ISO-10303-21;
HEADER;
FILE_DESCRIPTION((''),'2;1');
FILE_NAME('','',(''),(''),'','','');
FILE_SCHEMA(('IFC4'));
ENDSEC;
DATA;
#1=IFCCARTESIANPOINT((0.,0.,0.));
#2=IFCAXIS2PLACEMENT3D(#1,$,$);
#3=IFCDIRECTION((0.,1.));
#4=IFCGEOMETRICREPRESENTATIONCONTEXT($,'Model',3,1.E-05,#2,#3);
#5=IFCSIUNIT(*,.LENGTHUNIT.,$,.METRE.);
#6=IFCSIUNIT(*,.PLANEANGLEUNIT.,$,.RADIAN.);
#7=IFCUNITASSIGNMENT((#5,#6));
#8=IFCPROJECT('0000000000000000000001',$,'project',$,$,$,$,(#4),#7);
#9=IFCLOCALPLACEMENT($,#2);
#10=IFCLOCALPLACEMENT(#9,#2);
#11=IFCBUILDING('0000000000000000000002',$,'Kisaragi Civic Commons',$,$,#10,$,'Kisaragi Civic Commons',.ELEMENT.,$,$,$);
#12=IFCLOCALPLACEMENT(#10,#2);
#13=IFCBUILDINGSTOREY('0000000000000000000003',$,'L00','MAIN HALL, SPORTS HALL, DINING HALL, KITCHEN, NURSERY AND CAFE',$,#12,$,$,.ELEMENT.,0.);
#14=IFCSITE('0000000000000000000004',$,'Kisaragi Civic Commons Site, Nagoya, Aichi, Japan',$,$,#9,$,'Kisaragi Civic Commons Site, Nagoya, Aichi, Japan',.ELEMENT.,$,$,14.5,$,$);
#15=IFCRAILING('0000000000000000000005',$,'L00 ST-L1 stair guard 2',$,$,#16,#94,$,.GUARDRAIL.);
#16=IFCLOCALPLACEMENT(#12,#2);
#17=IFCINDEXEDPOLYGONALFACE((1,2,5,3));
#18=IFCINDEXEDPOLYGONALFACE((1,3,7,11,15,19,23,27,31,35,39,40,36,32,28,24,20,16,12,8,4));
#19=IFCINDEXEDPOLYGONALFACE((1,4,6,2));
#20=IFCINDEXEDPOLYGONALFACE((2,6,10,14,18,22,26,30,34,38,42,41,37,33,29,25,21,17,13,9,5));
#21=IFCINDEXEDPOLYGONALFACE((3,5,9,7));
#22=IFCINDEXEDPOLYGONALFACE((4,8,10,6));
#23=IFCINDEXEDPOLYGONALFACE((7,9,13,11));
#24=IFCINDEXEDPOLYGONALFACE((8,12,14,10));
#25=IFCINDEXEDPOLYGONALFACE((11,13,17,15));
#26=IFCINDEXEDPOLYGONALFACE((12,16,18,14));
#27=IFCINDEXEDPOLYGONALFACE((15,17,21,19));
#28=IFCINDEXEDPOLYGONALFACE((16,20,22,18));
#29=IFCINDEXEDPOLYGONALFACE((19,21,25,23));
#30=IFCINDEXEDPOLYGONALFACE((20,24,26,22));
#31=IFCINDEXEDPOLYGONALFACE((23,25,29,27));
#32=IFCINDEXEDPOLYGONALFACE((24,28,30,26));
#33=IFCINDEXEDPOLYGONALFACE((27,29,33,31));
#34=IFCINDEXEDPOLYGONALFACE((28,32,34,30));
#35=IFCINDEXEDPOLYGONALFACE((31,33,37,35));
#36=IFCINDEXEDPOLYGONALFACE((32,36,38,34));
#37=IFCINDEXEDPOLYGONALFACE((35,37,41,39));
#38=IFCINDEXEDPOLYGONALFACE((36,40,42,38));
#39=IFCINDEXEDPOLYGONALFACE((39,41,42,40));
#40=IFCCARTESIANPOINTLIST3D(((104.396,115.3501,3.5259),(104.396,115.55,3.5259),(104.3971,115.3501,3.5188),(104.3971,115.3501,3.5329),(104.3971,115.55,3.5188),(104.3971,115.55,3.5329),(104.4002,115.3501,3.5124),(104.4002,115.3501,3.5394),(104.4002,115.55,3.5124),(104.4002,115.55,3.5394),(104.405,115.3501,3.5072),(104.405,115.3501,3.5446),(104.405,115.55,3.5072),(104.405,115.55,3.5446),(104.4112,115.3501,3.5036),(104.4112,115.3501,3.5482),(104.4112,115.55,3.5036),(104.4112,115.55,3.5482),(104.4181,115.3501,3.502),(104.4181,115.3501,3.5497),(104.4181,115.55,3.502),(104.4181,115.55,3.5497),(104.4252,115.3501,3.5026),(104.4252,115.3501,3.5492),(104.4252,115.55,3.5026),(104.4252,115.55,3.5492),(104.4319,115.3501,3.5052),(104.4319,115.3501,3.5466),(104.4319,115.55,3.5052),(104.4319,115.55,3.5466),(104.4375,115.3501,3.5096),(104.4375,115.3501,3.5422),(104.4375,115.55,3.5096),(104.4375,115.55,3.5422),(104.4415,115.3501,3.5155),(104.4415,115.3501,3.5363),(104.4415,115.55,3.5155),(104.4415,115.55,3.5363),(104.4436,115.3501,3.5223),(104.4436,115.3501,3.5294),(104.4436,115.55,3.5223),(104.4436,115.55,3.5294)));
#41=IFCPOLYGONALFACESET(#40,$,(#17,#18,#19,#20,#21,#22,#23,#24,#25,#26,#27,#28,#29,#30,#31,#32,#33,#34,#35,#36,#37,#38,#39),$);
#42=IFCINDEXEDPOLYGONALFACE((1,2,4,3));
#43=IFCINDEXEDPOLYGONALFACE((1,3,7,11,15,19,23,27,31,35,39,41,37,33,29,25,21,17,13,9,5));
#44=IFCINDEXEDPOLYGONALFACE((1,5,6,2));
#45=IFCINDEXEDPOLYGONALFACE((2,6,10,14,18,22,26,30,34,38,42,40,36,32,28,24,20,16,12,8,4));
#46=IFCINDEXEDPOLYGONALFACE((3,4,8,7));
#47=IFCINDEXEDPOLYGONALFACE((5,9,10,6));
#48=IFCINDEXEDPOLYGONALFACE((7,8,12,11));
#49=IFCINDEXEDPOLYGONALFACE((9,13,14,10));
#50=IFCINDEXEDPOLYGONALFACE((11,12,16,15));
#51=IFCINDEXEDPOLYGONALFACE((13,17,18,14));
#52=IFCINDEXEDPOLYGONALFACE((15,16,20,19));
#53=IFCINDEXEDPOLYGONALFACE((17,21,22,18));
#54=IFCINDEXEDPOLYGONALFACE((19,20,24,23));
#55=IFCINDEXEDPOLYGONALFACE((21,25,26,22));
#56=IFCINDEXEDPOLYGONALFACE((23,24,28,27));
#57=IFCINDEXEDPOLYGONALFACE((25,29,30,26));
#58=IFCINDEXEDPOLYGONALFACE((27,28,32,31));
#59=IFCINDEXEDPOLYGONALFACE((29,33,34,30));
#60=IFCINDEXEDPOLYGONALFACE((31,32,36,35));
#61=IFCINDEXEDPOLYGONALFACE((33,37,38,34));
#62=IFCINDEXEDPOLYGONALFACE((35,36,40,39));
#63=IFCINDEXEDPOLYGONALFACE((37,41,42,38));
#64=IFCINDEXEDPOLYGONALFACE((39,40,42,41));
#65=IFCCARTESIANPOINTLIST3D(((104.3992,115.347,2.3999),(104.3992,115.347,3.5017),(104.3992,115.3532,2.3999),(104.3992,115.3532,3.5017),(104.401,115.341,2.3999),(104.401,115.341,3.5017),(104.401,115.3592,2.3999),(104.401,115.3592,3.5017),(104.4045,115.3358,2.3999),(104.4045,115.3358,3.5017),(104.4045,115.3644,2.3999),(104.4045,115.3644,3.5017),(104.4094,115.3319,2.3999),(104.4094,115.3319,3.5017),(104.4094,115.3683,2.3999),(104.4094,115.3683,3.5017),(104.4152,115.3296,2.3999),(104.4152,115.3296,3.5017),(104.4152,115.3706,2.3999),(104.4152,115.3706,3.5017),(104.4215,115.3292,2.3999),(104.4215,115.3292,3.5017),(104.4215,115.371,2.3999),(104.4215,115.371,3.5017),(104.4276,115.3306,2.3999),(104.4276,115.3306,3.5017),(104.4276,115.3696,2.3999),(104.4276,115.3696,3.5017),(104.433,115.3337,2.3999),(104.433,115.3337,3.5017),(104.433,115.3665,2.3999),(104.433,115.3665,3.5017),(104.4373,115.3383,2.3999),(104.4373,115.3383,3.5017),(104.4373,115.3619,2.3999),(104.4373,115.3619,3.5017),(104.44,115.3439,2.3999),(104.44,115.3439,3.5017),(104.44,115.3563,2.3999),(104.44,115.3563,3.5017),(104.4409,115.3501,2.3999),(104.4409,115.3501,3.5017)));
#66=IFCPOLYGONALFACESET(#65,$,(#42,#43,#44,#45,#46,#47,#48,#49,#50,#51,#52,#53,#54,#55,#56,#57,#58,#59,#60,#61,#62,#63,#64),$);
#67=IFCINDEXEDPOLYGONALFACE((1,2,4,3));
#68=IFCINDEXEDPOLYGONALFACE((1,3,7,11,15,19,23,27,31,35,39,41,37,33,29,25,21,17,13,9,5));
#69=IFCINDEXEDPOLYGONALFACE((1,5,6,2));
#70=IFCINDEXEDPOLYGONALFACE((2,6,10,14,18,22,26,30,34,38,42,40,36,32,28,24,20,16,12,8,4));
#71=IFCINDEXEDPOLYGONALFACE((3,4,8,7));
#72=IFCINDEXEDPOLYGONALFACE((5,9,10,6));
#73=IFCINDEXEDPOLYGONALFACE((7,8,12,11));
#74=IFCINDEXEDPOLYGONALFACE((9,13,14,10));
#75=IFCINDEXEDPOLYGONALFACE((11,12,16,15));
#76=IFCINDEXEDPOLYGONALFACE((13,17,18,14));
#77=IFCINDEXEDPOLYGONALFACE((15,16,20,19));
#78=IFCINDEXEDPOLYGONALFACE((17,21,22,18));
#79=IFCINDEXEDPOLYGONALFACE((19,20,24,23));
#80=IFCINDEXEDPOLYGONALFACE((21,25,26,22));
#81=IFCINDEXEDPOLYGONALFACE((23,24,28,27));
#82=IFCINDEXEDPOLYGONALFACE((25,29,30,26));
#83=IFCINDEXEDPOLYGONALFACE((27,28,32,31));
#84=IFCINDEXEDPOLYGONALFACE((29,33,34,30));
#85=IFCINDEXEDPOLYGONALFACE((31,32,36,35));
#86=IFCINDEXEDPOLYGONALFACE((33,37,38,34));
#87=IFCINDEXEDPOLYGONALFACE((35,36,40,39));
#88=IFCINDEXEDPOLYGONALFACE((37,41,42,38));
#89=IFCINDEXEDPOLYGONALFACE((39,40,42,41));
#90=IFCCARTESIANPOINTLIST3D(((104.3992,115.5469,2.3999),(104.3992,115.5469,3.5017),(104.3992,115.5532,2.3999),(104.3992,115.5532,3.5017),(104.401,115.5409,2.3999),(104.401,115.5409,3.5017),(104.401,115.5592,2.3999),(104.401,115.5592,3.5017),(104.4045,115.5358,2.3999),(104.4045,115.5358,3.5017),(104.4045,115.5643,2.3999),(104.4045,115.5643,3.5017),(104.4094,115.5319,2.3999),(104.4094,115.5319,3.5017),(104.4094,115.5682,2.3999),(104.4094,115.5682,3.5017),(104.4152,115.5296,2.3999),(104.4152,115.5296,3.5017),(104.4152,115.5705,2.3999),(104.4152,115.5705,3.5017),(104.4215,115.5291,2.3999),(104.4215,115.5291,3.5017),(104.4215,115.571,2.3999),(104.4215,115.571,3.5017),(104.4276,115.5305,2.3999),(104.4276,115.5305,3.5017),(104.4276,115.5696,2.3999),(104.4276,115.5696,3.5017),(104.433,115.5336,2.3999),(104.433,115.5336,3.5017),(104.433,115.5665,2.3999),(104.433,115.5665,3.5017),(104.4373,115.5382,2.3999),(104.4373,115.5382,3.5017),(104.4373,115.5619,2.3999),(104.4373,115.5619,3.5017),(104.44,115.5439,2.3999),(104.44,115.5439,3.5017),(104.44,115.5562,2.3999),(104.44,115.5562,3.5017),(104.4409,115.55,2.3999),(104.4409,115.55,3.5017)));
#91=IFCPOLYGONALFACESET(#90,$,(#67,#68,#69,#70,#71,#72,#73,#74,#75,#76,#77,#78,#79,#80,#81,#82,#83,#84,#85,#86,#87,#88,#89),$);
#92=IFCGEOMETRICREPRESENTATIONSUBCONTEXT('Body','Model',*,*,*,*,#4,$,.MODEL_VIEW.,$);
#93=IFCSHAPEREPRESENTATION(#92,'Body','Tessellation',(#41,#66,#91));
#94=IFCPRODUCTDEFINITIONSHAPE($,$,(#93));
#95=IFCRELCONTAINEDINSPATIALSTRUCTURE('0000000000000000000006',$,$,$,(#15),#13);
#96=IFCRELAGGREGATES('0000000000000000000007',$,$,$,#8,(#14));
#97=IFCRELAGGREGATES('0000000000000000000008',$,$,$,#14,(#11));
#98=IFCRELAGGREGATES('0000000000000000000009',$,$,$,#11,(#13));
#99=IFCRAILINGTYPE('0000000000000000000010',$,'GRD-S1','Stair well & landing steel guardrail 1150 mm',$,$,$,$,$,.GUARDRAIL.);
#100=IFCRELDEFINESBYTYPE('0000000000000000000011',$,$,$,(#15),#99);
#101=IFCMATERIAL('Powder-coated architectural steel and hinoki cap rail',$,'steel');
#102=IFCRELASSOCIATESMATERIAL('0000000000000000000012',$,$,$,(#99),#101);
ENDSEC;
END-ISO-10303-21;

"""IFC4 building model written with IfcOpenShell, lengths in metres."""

from ifc_helpers import new_model, si_unit, direction, frame, origin, origin_2d, place, context, subcontext, project, spatial, circle, extrude, material, type_object, element, save


model = new_model("IFC4")

# Units and contexts
model_context = context("Model", 3, precision=1e-05, world=origin(), true_north=direction((0.0, 1.0)))
body_context = subcontext(model_context, "Body", "Model", "MODEL_VIEW")
ifc_project = project(units=[si_unit("LENGTHUNIT", "METRE"), si_unit("PLANEANGLEUNIT", "RADIAN")], contexts=[model_context])

# Site, building, storey
site_placement = place(None, origin())
site = spatial("IfcSite", under=ifc_project, at=site_placement, Name="Kisaragi Civic Commons Site, Nagoya, Aichi, Japan", LongName="Kisaragi Civic Commons Site, Nagoya, Aichi, Japan", CompositionType="ELEMENT", RefElevation=14.5)
building_placement = place(site_placement, origin())
building = spatial("IfcBuilding", under=site, at=building_placement, Name="Kisaragi Civic Commons", LongName="Kisaragi Civic Commons", CompositionType="ELEMENT")
storey_placement = place(building_placement, origin())
storey = spatial("IfcBuildingStorey", under=building, at=storey_placement, Name="L00", Description="MAIN HALL, SPORTS HALL, DINING HALL, KITCHEN, NURSERY AND CAFE", CompositionType="ELEMENT", Elevation=0.0)

# Railing
ifc_material_1 = material(Name="Powder-coated architectural steel and hinoki cap rail", Category="steel")
railing_type_1 = type_object("IfcRailingType", Name="GRD-S1", Description="Stair well & landing steel guardrail 1150 mm", PredefinedType="GUARDRAIL", material=ifc_material_1)
railing_1_placement = place(storey_placement, frame((104.4199, 115.3501, 2.3999)))
element("IfcRailing", 1, at=railing_1_placement, inside=storey, type_object=railing_type_1, Name="L00 ST-L1 stair guard 2", PredefinedType="GUARDRAIL", context=body_context, shape_type="SweptSolid", body=[
    extrude(circle(Radius=0.0239, at=origin_2d()), frame((0.0, 0.0, 1.126), z_axis=(0.0, 1.0, 0.0), x_axis=(-1.0, 0.0, 0.0)), (0.0, 0.0, 1.0), 0.2),
    extrude(circle(Radius=0.021, at=origin_2d()), origin(), (0.0, 0.0, 1.0), 1.1018),
    extrude(circle(Radius=0.021, at=origin_2d()), frame((0.0, 0.2, 0.0)), (0.0, 0.0, 1.0), 1.1018),
])

save(model, "model.ifc")
